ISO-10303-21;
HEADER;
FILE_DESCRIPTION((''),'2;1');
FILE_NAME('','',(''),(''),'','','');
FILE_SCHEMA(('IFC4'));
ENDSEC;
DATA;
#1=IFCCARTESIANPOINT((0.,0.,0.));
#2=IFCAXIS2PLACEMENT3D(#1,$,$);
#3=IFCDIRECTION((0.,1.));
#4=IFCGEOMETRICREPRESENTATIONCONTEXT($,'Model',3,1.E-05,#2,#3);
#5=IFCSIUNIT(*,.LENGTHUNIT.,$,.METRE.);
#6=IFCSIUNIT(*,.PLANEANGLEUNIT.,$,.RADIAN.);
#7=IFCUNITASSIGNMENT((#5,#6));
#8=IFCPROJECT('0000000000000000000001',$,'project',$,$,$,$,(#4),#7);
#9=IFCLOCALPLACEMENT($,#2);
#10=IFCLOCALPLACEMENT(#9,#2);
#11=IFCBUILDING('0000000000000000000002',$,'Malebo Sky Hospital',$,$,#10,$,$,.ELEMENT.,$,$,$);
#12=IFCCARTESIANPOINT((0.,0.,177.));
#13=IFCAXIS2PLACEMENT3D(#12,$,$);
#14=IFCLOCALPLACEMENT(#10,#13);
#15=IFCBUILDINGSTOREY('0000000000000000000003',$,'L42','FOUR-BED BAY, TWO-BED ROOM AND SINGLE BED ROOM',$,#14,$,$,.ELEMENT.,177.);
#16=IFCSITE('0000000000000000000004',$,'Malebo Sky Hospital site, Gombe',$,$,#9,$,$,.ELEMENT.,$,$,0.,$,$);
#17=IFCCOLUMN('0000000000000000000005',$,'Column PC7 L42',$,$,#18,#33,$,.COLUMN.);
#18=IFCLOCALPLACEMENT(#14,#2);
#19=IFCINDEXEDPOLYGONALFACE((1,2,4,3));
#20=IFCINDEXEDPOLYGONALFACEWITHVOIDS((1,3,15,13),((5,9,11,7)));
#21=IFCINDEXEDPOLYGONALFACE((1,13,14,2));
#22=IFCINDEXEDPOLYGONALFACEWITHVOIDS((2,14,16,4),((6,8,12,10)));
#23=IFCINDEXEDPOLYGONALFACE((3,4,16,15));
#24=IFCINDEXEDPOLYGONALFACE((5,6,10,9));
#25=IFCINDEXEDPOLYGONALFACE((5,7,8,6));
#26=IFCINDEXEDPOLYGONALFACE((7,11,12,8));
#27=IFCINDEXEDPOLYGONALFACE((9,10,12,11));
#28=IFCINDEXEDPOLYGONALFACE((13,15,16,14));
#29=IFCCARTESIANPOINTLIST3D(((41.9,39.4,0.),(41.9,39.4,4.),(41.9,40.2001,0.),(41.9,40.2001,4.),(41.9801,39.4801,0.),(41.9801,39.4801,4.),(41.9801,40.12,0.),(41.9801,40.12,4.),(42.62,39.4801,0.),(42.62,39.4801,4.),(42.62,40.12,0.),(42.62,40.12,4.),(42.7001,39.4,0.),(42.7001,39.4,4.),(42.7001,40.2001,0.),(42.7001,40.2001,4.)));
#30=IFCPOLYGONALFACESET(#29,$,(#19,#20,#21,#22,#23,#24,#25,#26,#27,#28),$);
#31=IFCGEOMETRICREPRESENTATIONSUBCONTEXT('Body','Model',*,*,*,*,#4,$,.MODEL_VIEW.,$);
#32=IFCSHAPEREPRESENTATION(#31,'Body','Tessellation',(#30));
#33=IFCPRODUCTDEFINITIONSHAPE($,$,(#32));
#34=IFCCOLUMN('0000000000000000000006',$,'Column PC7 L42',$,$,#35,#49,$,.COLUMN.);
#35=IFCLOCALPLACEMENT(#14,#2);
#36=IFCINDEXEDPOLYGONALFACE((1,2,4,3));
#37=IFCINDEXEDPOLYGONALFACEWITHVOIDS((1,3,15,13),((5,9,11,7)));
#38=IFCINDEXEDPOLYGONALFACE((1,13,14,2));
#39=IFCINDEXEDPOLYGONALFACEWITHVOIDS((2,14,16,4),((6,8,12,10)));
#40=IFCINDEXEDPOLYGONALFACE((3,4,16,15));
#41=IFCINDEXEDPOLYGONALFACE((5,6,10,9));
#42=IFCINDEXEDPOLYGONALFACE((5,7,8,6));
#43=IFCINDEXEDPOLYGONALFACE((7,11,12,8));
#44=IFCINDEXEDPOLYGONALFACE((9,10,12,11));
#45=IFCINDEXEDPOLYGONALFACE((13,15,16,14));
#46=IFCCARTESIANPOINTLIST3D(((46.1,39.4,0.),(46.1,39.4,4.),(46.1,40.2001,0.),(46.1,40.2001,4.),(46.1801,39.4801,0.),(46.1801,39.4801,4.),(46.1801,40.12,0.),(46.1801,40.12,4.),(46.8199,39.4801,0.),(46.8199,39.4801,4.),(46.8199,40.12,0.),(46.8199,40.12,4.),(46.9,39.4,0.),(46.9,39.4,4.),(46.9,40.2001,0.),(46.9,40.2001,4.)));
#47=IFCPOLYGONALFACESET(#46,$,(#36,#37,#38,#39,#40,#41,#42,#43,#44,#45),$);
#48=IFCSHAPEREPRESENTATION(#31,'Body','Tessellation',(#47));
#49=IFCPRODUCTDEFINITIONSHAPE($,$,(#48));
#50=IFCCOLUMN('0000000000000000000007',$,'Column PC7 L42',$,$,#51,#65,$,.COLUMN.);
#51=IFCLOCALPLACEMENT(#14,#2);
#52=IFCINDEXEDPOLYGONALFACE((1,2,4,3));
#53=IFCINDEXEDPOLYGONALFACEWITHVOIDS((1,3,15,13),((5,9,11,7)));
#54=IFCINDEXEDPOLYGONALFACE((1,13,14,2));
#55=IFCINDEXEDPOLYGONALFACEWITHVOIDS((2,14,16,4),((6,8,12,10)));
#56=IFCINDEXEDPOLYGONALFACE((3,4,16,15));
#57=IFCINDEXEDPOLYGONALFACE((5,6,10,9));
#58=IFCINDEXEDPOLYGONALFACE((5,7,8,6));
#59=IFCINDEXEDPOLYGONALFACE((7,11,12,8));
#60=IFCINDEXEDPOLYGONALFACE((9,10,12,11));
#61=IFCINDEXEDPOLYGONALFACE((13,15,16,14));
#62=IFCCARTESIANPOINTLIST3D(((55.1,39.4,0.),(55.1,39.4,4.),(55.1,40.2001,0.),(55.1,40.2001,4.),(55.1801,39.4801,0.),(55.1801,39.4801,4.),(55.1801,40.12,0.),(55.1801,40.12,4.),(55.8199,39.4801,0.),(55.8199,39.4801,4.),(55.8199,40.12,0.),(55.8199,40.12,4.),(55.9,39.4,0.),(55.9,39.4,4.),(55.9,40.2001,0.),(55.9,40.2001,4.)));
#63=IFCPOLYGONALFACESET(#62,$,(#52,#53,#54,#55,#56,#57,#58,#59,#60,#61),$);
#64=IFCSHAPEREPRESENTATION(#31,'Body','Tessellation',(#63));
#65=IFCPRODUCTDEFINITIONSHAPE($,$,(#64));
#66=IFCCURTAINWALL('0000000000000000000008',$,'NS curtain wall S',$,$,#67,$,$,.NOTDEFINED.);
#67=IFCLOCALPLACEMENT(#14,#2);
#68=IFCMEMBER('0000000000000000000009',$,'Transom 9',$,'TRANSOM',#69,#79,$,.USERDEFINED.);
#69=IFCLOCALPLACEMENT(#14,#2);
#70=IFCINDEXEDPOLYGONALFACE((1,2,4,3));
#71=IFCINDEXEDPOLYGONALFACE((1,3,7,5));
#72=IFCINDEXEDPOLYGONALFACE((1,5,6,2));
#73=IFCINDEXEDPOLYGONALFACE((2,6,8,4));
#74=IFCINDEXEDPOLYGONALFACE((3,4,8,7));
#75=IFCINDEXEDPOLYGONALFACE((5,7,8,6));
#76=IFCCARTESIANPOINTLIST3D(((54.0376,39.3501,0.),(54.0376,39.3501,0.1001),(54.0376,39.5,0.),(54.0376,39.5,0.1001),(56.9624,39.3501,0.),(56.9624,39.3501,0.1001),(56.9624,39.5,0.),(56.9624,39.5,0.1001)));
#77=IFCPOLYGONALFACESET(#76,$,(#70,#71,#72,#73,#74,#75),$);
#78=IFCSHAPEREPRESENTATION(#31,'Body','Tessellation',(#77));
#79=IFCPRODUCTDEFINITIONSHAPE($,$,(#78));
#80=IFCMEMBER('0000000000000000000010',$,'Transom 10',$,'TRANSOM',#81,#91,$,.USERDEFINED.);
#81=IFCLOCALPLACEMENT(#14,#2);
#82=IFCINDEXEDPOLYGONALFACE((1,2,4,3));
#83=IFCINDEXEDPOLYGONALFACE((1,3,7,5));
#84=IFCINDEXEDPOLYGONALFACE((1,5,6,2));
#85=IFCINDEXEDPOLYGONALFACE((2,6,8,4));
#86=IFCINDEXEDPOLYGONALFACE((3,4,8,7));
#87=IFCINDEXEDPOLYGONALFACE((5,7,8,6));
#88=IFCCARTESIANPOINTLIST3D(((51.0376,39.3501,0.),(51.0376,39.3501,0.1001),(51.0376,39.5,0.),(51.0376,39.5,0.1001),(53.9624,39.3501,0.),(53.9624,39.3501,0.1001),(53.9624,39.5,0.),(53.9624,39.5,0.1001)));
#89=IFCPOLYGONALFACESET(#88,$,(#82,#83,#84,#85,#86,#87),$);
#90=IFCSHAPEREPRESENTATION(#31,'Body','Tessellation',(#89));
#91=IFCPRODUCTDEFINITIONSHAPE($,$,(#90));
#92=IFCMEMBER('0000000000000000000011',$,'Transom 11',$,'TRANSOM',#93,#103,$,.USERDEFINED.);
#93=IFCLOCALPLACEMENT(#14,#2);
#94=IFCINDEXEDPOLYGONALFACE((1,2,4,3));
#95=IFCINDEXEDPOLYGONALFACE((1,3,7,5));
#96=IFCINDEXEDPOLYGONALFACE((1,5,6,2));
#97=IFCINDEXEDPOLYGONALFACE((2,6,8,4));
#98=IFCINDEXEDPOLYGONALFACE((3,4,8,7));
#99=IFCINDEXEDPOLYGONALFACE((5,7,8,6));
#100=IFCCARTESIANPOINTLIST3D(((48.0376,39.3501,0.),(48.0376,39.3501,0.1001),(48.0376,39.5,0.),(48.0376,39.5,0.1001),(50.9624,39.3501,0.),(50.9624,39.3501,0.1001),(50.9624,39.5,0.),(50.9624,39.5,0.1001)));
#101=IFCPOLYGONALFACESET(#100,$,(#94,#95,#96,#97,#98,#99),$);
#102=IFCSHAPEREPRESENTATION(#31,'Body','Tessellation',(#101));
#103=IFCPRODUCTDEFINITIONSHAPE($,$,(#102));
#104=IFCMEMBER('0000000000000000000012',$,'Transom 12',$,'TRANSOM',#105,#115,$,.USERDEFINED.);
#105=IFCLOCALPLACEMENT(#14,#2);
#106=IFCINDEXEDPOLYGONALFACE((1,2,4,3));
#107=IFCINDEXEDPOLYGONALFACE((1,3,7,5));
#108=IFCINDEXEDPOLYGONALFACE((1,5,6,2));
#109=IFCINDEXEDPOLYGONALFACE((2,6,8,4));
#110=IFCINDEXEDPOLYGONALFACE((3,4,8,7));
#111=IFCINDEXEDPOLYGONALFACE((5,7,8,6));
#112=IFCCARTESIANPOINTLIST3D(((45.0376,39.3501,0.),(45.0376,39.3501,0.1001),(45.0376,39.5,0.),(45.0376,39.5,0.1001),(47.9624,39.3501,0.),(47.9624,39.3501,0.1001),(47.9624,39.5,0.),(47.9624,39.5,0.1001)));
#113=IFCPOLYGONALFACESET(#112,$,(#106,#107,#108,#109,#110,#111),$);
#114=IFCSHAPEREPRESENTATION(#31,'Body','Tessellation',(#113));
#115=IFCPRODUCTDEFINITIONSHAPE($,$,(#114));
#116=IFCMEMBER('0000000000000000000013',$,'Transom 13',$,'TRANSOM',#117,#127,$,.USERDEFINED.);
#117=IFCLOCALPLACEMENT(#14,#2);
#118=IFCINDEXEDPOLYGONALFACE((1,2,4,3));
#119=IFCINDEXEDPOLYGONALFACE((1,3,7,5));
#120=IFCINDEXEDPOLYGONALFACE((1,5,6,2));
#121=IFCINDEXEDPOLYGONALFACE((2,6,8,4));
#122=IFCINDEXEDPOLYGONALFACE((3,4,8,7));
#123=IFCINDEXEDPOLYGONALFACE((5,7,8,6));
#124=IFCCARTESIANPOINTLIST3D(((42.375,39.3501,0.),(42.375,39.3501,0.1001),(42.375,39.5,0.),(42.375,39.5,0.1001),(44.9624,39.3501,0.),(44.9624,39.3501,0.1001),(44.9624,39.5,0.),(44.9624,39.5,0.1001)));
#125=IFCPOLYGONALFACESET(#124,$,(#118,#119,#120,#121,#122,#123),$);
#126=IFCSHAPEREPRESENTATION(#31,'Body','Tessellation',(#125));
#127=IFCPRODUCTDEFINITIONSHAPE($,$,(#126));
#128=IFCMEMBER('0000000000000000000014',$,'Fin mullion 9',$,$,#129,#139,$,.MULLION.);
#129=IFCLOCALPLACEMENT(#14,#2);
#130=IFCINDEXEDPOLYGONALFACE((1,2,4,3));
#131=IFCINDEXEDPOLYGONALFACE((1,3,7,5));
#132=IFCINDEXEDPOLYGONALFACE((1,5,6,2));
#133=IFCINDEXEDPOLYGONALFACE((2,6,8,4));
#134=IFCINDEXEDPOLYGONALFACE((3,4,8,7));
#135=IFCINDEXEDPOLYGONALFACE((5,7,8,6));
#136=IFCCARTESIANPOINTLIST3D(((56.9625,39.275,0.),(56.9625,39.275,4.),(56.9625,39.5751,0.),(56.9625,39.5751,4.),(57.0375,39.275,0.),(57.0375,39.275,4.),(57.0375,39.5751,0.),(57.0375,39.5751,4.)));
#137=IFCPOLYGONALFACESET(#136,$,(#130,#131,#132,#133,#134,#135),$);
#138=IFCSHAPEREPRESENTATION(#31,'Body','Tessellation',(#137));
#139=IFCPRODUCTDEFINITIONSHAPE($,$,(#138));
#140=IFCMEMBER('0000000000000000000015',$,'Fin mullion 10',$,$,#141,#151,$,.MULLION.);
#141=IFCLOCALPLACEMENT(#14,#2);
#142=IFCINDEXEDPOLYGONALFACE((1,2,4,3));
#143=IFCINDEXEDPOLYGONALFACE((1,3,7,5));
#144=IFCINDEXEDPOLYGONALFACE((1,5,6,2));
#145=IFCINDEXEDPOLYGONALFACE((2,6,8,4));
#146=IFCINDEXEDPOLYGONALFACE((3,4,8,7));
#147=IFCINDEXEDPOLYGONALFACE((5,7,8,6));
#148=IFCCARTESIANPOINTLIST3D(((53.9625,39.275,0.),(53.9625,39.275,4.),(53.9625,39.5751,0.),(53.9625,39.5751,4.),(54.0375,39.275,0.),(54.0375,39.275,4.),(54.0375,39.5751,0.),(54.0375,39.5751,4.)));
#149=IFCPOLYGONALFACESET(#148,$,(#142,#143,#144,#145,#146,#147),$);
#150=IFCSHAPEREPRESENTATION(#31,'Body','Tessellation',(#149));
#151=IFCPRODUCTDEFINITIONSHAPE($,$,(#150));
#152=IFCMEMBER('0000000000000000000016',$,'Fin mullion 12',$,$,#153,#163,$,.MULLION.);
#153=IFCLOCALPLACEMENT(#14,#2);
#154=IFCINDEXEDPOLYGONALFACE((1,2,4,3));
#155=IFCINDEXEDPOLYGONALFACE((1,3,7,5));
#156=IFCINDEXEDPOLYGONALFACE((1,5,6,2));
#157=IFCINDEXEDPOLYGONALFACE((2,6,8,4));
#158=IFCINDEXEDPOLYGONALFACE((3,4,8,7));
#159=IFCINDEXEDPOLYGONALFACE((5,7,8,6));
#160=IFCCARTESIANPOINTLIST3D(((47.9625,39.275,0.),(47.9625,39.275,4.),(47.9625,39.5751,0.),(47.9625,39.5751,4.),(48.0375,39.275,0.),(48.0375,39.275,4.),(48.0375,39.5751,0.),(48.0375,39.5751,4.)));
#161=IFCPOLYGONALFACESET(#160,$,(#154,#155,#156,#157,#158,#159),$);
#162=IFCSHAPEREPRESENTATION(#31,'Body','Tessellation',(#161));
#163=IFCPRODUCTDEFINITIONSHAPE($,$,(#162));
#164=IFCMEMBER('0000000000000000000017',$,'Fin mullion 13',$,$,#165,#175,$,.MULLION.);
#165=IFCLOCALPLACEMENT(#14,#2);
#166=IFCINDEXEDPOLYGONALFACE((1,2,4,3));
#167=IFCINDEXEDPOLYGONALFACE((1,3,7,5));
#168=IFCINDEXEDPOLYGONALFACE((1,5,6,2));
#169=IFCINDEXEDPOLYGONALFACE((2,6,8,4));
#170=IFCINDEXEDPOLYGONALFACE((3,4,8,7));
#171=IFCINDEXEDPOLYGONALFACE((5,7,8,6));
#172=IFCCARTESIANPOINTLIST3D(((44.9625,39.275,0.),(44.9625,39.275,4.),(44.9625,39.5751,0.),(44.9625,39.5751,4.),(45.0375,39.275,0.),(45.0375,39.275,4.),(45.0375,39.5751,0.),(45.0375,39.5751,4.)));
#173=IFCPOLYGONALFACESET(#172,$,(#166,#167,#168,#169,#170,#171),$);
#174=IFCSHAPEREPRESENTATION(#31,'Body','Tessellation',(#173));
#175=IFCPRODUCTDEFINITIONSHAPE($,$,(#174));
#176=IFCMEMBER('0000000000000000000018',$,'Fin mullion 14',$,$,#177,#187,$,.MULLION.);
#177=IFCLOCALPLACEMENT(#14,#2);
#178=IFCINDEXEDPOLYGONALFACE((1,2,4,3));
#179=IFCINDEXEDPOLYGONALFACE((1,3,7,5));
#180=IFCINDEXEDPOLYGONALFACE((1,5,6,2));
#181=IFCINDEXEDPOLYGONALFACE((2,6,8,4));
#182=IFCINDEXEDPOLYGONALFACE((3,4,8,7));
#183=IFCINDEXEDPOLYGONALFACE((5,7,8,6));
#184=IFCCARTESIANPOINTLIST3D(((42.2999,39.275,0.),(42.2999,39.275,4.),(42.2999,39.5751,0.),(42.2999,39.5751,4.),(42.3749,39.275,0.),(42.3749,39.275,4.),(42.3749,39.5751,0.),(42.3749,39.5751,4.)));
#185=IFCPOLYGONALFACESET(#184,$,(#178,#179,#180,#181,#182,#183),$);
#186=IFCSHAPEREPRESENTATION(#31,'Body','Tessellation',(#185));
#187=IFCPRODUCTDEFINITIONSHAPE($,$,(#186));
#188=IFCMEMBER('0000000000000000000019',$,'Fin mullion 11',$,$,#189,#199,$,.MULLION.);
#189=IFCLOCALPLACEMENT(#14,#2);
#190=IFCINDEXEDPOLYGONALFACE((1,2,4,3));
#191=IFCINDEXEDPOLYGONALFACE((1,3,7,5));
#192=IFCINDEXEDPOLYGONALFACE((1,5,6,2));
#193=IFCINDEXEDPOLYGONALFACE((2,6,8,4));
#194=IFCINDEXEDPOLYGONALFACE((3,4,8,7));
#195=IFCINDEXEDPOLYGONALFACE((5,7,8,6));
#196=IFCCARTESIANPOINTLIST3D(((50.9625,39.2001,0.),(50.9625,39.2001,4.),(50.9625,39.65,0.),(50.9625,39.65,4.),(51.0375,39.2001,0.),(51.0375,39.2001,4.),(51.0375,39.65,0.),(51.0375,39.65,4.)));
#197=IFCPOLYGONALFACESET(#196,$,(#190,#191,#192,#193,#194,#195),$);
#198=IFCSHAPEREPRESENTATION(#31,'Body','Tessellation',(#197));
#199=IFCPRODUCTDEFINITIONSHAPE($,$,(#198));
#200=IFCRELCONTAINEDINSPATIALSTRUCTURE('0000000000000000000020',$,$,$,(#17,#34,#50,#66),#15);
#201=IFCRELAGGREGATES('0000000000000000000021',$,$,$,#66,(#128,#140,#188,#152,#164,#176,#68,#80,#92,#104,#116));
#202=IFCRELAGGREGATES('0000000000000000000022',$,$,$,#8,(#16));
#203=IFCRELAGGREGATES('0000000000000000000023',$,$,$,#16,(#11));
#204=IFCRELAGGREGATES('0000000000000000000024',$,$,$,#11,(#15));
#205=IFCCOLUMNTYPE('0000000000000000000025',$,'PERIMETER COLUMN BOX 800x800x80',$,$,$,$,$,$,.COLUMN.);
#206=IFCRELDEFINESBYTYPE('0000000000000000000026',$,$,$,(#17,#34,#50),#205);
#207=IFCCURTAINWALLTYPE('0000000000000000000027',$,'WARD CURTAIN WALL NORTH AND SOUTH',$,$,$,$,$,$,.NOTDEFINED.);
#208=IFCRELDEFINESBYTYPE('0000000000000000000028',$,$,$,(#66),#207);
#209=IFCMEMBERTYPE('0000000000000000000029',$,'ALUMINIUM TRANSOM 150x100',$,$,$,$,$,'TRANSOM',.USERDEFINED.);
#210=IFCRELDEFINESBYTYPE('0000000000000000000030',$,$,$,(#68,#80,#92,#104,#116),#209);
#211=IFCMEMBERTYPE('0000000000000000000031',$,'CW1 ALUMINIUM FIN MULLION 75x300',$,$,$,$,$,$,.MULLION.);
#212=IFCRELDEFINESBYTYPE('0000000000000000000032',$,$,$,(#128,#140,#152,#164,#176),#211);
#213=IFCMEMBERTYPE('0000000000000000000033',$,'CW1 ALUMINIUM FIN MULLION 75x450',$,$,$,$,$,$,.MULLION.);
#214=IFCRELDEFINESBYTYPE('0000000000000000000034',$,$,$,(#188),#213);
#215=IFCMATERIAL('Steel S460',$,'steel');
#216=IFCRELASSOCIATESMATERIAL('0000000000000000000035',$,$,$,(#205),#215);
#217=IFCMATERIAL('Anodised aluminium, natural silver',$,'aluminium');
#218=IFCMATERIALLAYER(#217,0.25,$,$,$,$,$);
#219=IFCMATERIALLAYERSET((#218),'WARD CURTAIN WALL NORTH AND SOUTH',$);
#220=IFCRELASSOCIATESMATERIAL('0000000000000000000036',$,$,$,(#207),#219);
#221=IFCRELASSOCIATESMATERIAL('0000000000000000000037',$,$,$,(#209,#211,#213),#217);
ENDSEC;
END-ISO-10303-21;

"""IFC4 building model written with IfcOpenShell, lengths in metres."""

from ifc_helpers import new_model, si_unit, direction, frame, origin, origin_2d, place, context, subcontext, project, spatial, rectangle, hollow_rectangle, extrude, material, layer, layer_set, material_profile, profile_set, type_object, element, aggregate, save


model = new_model("IFC4")

# Units and contexts
model_context = context("Model", 3, precision=1e-05, world=origin(), true_north=direction((0.0, 1.0)))
body_context = subcontext(model_context, "Body", "Model", "MODEL_VIEW")
ifc_project = project(units=[si_unit("LENGTHUNIT", "METRE"), si_unit("PLANEANGLEUNIT", "RADIAN")], contexts=[model_context])

# Site, building, storey
site_placement = place(None, origin())
site = spatial("IfcSite", under=ifc_project, at=site_placement, Name="Malebo Sky Hospital site, Gombe", CompositionType="ELEMENT", RefElevation=0.0)
building_placement = place(site_placement, origin())
building = spatial("IfcBuilding", under=site, at=building_placement, Name="Malebo Sky Hospital", CompositionType="ELEMENT")
storey_placement = place(building_placement, frame((0.0, 0.0, 177.0)))
storey = spatial("IfcBuildingStorey", under=building, at=storey_placement, Name="L42", Description="FOUR-BED BAY, TWO-BED ROOM AND SINGLE BED ROOM", CompositionType="ELEMENT", Elevation=177.0)

# Columns
ifc_material_1 = material(Name="Steel S460", Category="steel")
ifc_material_profile_1 = material_profile(ifc_material_1, hollow_rectangle(XDim=0.8, YDim=0.8, WallThickness=0.0801, at=origin_2d()), Name="BOX 800x800x80")
ifc_profile_set_1 = profile_set([ifc_material_profile_1], Name="Steel S460")
column_type = type_object("IfcColumnType", Name="PERIMETER COLUMN BOX 800x800x80", PredefinedType="COLUMN", material=ifc_profile_set_1)
for number, where, z_axis, x_axis, name in (
    (1, (42.3, 39.8, 0.0), (0.0, 0.0, 1.0), (1.0, 0.0, 0.0), "Column PC7 L42"),
    (2, (46.5, 39.8, 0.0), (0.0, 0.0, 1.0), (1.0, 0.0, 0.0), "Column PC7 L42"),
    (3, (55.5, 39.8, 0.0), (0.0, 0.0, 1.0), (1.0, 0.0, 0.0), "Column PC7 L42"),
):
    element("IfcColumn", number, at=place(storey_placement, frame(where, z_axis=z_axis, x_axis=x_axis)), inside=storey, type_object=column_type, Name=name, PredefinedType="COLUMN", context=body_context, shape_type="SweptSolid", body=[
        extrude(hollow_rectangle(XDim=0.8, YDim=0.8, WallThickness=0.0801, at=origin_2d()), origin(), (0.0, 0.0, 1.0), 4.0),
    ])

# Curtain wall, members
ifc_material_2 = material(Name="Anodised aluminium, natural silver", Category="aluminium")
ifc_layer_1 = layer(ifc_material_2, 0.25)
ifc_layer_set_1 = layer_set([ifc_layer_1], Name="WARD CURTAIN WALL NORTH AND SOUTH")
curtain_wall_type = type_object("IfcCurtainWallType", Name="WARD CURTAIN WALL NORTH AND SOUTH", PredefinedType="NOTDEFINED", material=ifc_layer_set_1)
curtain_wall_placement = place(storey_placement, origin())
curtain_wall = element("IfcCurtainWall", 4, at=curtain_wall_placement, inside=storey, type_object=curtain_wall_type, Name="NS curtain wall S", PredefinedType="NOTDEFINED")
ifc_material_profile_2 = material_profile(ifc_material_2, rectangle(XDim=0.1499, YDim=0.1001, at=origin_2d()), Name="ALUMINIUM TRANSOM 150x100")
ifc_profile_set_2 = profile_set([ifc_material_profile_2], Name="Anodised aluminium, natural silver")
member_type_1 = type_object("IfcMemberType", Name="ALUMINIUM TRANSOM 150x100", ElementType="TRANSOM", PredefinedType="USERDEFINED", material=ifc_profile_set_2)
member_1_placement = place(storey_placement, frame((56.9624, 39.425, 0.05), z_axis=(-1.0, 0.0, 0.0), x_axis=(0.0, -1.0, 0.0)))
member_1 = element("IfcMember", 5, at=member_1_placement, type_object=member_type_1, Name="Transom 9", ObjectType="TRANSOM", PredefinedType="USERDEFINED", context=body_context, shape_type="SweptSolid", body=[
    extrude(rectangle(XDim=0.1499, YDim=0.1001, at=origin_2d()), origin(), (0.0, 0.0, 1.0), 2.9248),
])
member_2_placement = place(storey_placement, frame((53.9624, 39.425, 0.05), z_axis=(-1.0, 0.0, 0.0), x_axis=(0.0, -1.0, 0.0)))
member_2 = element("IfcMember", 6, at=member_2_placement, type_object=member_type_1, Name="Transom 10", ObjectType="TRANSOM", PredefinedType="USERDEFINED", context=body_context, shape_type="SweptSolid", body=[
    extrude(rectangle(XDim=0.1499, YDim=0.1001, at=origin_2d()), origin(), (0.0, 0.0, 1.0), 2.9248),
])
member_3_placement = place(storey_placement, frame((50.9624, 39.425, 0.05), z_axis=(-1.0, 0.0, 0.0), x_axis=(0.0, -1.0, 0.0)))
member_3 = element("IfcMember", 7, at=member_3_placement, type_object=member_type_1, Name="Transom 11", ObjectType="TRANSOM", PredefinedType="USERDEFINED", context=body_context, shape_type="SweptSolid", body=[
    extrude(rectangle(XDim=0.1499, YDim=0.1001, at=origin_2d()), origin(), (0.0, 0.0, 1.0), 2.9248),
])
member_4_placement = place(storey_placement, frame((47.9624, 39.425, 0.05), z_axis=(-1.0, 0.0, 0.0), x_axis=(0.0, -1.0, 0.0)))
member_4 = element("IfcMember", 8, at=member_4_placement, type_object=member_type_1, Name="Transom 12", ObjectType="TRANSOM", PredefinedType="USERDEFINED", context=body_context, shape_type="SweptSolid", body=[
    extrude(rectangle(XDim=0.1499, YDim=0.1001, at=origin_2d()), origin(), (0.0, 0.0, 1.0), 2.9248),
])
member_5_placement = place(storey_placement, frame((44.9624, 39.425, 0.05), z_axis=(-1.0, 0.0, 0.0), x_axis=(0.0, -1.0, 0.0)))
member_5 = element("IfcMember", 9, at=member_5_placement, type_object=member_type_1, Name="Transom 13", ObjectType="TRANSOM", PredefinedType="USERDEFINED", context=body_context, shape_type="SweptSolid", body=[
    extrude(rectangle(XDim=0.1499, YDim=0.1001, at=origin_2d()), origin(), (0.0, 0.0, 1.0), 2.5874),
])
ifc_material_profile_3 = material_profile(ifc_material_2, rectangle(XDim=0.075, YDim=0.3, at=origin_2d()), Name="CW1 ALUMINIUM FIN MULLION 75x300")
ifc_profile_set_3 = profile_set([ifc_material_profile_3], Name="Anodised aluminium, natural silver")
member_type_2 = type_object("IfcMemberType", Name="CW1 ALUMINIUM FIN MULLION 75x300", PredefinedType="MULLION", material=ifc_profile_set_3)
member_6_placement = place(storey_placement, frame((57.0, 39.425, 0.0), z_axis=(0.0, 0.0, 1.0), x_axis=(-1.0, 0.0, 0.0)))
member_6 = element("IfcMember", 10, at=member_6_placement, type_object=member_type_2, Name="Fin mullion 9", PredefinedType="MULLION", context=body_context, shape_type="SweptSolid", body=[
    extrude(rectangle(XDim=0.075, YDim=0.3, at=origin_2d()), origin(), (0.0, 0.0, 1.0), 4.0),
])
member_7_placement = place(storey_placement, frame((54.0, 39.425, 0.0), z_axis=(0.0, 0.0, 1.0), x_axis=(-1.0, 0.0, 0.0)))
member_7 = element("IfcMember", 11, at=member_7_placement, type_object=member_type_2, Name="Fin mullion 10", PredefinedType="MULLION", context=body_context, shape_type="SweptSolid", body=[
    extrude(rectangle(XDim=0.075, YDim=0.3, at=origin_2d()), origin(), (0.0, 0.0, 1.0), 4.0),
])
member_8_placement = place(storey_placement, frame((48.0, 39.425, 0.0), z_axis=(0.0, 0.0, 1.0), x_axis=(-1.0, 0.0, 0.0)))
member_8 = element("IfcMember", 12, at=member_8_placement, type_object=member_type_2, Name="Fin mullion 12", PredefinedType="MULLION", context=body_context, shape_type="SweptSolid", body=[
    extrude(rectangle(XDim=0.075, YDim=0.3, at=origin_2d()), origin(), (0.0, 0.0, 1.0), 4.0),
])
member_9_placement = place(storey_placement, frame((45.0, 39.425, 0.0), z_axis=(0.0, 0.0, 1.0), x_axis=(-1.0, 0.0, 0.0)))
member_9 = element("IfcMember", 13, at=member_9_placement, type_object=member_type_2, Name="Fin mullion 13", PredefinedType="MULLION", context=body_context, shape_type="SweptSolid", body=[
    extrude(rectangle(XDim=0.075, YDim=0.3, at=origin_2d()), origin(), (0.0, 0.0, 1.0), 4.0),
])
member_10_placement = place(storey_placement, frame((42.3374, 39.425, 0.0), z_axis=(0.0, 0.0, 1.0), x_axis=(-1.0, 0.0, 0.0)))
member_10 = element("IfcMember", 14, at=member_10_placement, type_object=member_type_2, Name="Fin mullion 14", PredefinedType="MULLION", context=body_context, shape_type="SweptSolid", body=[
    extrude(rectangle(XDim=0.075, YDim=0.3, at=origin_2d()), origin(), (0.0, 0.0, 1.0), 4.0),
])
ifc_material_profile_4 = material_profile(ifc_material_2, rectangle(XDim=0.075, YDim=0.45, at=origin_2d()), Name="CW1 ALUMINIUM FIN MULLION 75x450")
ifc_profile_set_4 = profile_set([ifc_material_profile_4], Name="Anodised aluminium, natural silver")
member_type_3 = type_object("IfcMemberType", Name="CW1 ALUMINIUM FIN MULLION 75x450", PredefinedType="MULLION", material=ifc_profile_set_4)
member_11_placement = place(storey_placement, frame((51.0, 39.425, 0.0), z_axis=(0.0, 0.0, 1.0), x_axis=(-1.0, 0.0, 0.0)))
member_11 = element("IfcMember", 15, at=member_11_placement, type_object=member_type_3, Name="Fin mullion 11", PredefinedType="MULLION", context=body_context, shape_type="SweptSolid", body=[
    extrude(rectangle(XDim=0.075, YDim=0.45, at=origin_2d()), origin(), (0.0, 0.0, 1.0), 4.0),
])

aggregate(curtain_wall, [member_6, member_7, member_11, member_8, member_9, member_10, member_1, member_2, member_3, member_4, member_5])

save(model, "model.ifc")
